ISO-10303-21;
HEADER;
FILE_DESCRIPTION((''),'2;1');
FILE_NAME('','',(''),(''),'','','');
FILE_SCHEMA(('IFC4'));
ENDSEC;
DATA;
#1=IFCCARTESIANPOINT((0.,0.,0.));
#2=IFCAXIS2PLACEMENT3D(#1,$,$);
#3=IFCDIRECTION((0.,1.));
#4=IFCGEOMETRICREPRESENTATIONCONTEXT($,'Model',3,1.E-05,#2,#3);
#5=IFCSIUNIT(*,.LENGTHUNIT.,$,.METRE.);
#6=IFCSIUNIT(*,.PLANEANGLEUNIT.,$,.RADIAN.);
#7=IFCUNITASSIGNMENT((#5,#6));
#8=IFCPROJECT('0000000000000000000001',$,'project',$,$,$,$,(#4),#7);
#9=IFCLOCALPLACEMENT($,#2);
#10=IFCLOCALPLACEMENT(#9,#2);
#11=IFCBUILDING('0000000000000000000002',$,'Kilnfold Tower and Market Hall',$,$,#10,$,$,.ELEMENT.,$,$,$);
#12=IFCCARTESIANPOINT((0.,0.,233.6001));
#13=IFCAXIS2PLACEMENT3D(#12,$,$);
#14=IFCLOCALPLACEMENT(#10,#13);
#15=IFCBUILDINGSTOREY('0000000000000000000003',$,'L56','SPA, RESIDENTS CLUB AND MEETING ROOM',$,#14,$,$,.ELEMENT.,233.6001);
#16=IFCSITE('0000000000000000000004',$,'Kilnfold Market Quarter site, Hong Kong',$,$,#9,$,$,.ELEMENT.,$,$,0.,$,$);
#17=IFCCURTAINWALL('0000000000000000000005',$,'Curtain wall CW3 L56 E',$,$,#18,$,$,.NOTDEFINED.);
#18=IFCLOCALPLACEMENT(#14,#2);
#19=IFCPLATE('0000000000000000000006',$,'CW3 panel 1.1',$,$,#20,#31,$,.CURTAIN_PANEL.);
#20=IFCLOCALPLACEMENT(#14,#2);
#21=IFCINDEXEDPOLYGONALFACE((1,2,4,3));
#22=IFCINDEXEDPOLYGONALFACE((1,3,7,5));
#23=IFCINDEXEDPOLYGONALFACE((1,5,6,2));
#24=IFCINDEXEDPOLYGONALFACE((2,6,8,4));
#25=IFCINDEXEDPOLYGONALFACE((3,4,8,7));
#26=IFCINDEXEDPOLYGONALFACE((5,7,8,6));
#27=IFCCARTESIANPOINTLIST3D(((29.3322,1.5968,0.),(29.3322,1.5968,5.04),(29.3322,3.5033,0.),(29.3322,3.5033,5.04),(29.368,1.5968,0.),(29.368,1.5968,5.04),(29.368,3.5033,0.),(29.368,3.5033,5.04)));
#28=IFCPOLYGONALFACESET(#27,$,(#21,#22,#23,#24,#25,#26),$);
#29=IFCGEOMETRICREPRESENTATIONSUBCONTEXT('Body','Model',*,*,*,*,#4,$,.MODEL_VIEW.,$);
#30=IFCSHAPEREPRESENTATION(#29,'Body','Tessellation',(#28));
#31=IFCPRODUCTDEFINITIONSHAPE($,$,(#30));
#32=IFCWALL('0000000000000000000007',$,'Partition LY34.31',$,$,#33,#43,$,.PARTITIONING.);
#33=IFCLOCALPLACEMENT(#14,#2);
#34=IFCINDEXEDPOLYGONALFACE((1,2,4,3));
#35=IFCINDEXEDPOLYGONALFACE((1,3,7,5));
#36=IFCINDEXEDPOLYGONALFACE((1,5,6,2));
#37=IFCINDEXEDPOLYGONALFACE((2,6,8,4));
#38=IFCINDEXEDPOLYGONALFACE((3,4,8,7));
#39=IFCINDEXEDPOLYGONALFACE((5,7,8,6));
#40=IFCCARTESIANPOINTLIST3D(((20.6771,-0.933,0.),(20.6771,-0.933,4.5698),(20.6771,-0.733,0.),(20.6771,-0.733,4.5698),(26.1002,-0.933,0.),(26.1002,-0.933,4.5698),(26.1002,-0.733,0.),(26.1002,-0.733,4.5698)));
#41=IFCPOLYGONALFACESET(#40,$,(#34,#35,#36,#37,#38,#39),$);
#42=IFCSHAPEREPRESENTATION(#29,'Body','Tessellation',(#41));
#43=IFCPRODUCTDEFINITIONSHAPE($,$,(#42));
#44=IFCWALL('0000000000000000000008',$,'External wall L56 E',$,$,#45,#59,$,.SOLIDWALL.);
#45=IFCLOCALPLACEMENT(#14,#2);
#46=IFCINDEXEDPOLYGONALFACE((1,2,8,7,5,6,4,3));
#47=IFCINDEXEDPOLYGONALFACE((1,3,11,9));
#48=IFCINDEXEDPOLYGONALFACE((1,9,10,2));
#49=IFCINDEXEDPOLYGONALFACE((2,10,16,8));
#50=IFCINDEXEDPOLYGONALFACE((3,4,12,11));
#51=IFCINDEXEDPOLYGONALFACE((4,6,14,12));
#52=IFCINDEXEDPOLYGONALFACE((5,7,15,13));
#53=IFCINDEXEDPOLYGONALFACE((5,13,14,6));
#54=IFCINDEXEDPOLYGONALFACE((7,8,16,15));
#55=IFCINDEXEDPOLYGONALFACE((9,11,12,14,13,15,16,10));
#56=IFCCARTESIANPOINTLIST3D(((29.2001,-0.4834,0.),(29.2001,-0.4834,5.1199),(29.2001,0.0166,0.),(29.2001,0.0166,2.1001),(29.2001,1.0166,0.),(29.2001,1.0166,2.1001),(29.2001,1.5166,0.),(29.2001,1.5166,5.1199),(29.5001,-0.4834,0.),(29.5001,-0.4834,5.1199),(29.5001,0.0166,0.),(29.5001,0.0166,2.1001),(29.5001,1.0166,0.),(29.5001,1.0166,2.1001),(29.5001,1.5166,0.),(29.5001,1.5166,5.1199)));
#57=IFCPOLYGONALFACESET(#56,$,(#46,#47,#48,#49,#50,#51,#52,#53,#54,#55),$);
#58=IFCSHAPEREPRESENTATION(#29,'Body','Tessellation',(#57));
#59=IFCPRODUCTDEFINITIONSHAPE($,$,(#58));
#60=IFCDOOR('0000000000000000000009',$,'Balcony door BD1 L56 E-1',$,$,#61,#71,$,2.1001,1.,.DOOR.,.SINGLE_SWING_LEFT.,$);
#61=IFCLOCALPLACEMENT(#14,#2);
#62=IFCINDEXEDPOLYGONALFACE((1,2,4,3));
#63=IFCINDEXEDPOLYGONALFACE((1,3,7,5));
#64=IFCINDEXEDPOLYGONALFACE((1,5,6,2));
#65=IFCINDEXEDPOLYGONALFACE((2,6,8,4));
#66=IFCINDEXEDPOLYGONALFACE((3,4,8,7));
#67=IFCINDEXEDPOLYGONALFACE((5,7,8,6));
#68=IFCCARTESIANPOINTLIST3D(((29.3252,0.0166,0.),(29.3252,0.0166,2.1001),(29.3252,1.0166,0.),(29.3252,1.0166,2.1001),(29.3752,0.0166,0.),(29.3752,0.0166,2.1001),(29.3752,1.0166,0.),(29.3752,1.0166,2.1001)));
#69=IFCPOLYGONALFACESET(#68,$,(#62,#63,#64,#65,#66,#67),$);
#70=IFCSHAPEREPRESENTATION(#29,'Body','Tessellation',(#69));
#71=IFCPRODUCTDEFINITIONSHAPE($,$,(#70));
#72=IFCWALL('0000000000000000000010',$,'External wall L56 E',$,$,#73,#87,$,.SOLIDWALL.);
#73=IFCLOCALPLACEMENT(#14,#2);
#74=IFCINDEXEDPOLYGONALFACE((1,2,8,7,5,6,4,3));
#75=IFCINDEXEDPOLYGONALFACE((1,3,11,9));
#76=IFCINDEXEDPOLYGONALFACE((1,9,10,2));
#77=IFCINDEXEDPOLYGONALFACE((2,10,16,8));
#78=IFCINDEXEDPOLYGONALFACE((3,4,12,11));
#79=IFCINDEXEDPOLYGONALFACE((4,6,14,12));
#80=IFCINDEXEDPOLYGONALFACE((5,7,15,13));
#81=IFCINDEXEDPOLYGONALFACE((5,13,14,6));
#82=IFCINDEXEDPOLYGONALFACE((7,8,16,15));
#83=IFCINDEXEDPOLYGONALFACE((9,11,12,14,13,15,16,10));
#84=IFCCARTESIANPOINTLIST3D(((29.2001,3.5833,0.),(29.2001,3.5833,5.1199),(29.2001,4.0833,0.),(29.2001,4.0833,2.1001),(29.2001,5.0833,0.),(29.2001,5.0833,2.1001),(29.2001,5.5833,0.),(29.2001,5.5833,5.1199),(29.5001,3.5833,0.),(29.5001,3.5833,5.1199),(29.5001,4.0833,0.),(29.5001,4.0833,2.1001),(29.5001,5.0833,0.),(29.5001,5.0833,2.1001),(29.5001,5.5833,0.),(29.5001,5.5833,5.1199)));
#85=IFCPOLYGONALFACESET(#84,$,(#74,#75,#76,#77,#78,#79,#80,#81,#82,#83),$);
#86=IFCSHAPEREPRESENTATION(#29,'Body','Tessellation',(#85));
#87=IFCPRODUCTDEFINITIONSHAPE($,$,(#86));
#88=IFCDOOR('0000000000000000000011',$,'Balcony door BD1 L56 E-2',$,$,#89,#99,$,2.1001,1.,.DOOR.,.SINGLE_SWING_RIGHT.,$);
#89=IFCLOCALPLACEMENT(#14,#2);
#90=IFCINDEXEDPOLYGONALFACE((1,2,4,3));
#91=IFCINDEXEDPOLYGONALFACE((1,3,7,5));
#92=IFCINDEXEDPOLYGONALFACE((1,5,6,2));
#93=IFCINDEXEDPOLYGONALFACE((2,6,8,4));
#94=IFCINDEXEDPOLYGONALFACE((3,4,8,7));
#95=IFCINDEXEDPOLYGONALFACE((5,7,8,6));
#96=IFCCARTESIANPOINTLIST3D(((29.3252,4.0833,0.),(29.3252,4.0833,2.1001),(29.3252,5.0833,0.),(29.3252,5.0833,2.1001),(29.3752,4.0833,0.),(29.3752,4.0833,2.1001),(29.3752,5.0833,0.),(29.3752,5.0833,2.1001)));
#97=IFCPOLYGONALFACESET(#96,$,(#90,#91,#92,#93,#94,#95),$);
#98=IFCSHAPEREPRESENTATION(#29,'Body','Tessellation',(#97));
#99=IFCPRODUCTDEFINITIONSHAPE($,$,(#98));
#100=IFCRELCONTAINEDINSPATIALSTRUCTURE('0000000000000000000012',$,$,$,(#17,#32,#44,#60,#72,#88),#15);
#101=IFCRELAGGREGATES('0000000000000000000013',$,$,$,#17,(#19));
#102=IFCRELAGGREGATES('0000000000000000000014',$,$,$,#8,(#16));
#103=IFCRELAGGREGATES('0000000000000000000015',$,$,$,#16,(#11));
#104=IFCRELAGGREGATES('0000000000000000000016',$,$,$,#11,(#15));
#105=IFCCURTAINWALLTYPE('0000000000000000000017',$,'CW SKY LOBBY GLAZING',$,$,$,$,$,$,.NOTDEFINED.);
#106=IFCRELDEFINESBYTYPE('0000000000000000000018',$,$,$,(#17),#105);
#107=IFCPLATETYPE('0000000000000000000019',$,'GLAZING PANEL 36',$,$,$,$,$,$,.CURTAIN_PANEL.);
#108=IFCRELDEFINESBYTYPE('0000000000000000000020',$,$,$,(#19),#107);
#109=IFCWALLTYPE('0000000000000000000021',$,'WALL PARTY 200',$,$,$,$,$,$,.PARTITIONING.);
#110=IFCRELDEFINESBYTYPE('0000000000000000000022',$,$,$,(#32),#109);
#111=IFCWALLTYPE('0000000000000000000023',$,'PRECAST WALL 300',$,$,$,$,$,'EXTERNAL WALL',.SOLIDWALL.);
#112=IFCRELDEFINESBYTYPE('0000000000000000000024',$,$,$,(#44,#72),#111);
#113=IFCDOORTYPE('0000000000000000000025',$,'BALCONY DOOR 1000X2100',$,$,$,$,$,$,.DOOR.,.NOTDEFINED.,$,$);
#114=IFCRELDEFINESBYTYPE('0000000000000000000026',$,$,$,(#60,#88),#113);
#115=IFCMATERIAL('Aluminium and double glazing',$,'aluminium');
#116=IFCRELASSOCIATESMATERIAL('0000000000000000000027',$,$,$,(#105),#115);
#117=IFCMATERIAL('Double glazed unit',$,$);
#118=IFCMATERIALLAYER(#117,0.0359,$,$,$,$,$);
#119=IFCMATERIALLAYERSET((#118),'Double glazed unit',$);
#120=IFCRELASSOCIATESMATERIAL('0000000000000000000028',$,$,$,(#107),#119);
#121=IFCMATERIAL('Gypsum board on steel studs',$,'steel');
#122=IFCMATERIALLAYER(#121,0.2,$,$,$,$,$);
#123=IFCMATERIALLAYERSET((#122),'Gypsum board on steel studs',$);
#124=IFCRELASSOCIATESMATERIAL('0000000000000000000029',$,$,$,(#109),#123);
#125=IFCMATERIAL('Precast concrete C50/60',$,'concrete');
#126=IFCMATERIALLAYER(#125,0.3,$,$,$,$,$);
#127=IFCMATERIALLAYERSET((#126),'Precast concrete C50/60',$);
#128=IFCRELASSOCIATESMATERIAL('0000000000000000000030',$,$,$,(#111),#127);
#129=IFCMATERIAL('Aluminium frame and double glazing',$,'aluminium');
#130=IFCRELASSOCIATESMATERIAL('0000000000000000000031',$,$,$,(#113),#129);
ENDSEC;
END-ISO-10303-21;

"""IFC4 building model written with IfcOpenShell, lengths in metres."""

from ifc_helpers import new_model, si_unit, direction, frame, frame_2d, origin, origin_2d, place, context, subcontext, project, spatial, rectangle, extrude, source, transform, mapped, material, layer, layer_set, type_object, element, fill, aggregate, save


model = new_model("IFC4")

# Units and contexts
model_context = context("Model", 3, precision=1e-05, world=origin(), true_north=direction((0.0, 1.0)))
body_context = subcontext(model_context, "Body", "Model", "MODEL_VIEW")
ifc_project = project(units=[si_unit("LENGTHUNIT", "METRE"), si_unit("PLANEANGLEUNIT", "RADIAN")], contexts=[model_context])

# Site, building, storey
site_placement = place(None, origin())
site = spatial("IfcSite", under=ifc_project, at=site_placement, Name="Kilnfold Market Quarter site, Hong Kong", CompositionType="ELEMENT", RefElevation=0.0)
building_placement = place(site_placement, origin())
building = spatial("IfcBuilding", under=site, at=building_placement, Name="Kilnfold Tower and Market Hall", CompositionType="ELEMENT")
storey_placement = place(building_placement, frame((0.0, 0.0, 233.6001)))
storey = spatial("IfcBuildingStorey", under=building, at=storey_placement, Name="L56", Description="SPA, RESIDENTS CLUB AND MEETING ROOM", CompositionType="ELEMENT", Elevation=233.6001)

# Shared definitions
ifc_material_1 = material(Name="Aluminium and double glazing", Category="aluminium")
curtain_wall_type = type_object("IfcCurtainWallType", Name="CW SKY LOBBY GLAZING", PredefinedType="NOTDEFINED", material=ifc_material_1)

# Curtain wall
curtain_wall_1_placement = place(storey_placement, origin())
curtain_wall_1 = element("IfcCurtainWall", 1, at=curtain_wall_1_placement, inside=storey, type_object=curtain_wall_type, Name="Curtain wall CW3 L56 E", PredefinedType="NOTDEFINED")

# Plate
ifc_material_2 = material(Name="Double glazed unit")
ifc_layer_1 = layer(ifc_material_2, 0.0359)
ifc_layer_set_1 = layer_set([ifc_layer_1], Name="Double glazed unit")
plate_type = type_object("IfcPlateType", Name="GLAZING PANEL 36", PredefinedType="CURTAIN_PANEL", material=ifc_layer_set_1)
shared_shape_1 = source(origin(), body_context, "Body", "SweptSolid", [
    extrude(rectangle(XDim=1.9065, YDim=0.0359, at=origin_2d()), origin(), (0.0, 0.0, 1.0), 5.04),
])
plate_1_placement = place(storey_placement, frame((29.3501, 2.55, 0.0), z_axis=(0.0, 0.0, 1.0), x_axis=(0.0, 1.0, 0.0)))
plate_1 = element("IfcPlate", 2, at=plate_1_placement, type_object=plate_type, Name="CW3 panel 1.1", PredefinedType="CURTAIN_PANEL", context=body_context, shape_type="MappedRepresentation", body=[
    mapped(shared_shape_1, transform((0.0, 0.0, 0.0))),
])
aggregate(curtain_wall_1, [plate_1])

# Wall
ifc_material_3 = material(Name="Gypsum board on steel studs", Category="steel")
ifc_layer_2 = layer(ifc_material_3, 0.2)
ifc_layer_set_2 = layer_set([ifc_layer_2], Name="Gypsum board on steel studs")
wall_type_1 = type_object("IfcWallType", Name="WALL PARTY 200", PredefinedType="PARTITIONING", material=ifc_layer_set_2)
wall_1_placement = place(storey_placement, frame((26.1001, -0.833, 0.0), z_axis=(0.0, 0.0, 1.0), x_axis=(-1.0, 0.0, 0.0)))
element("IfcWall", 3, at=wall_1_placement, inside=storey, type_object=wall_type_1, Name="Partition LY34.31", PredefinedType="PARTITIONING", context=body_context, shape_type="SweptSolid", body=[
    extrude(rectangle(XDim=5.4231, YDim=0.2, at=frame_2d((2.7114, 0.0))), origin(), (0.0, 0.0, 1.0), 4.5698),
])

# Walls, openings, doors
ifc_material_4 = material(Name="Precast concrete C50/60", Category="concrete")
ifc_layer_3 = layer(ifc_material_4, 0.3)
ifc_layer_set_3 = layer_set([ifc_layer_3], Name="Precast concrete C50/60")
wall_type_2 = type_object("IfcWallType", Name="PRECAST WALL 300", ElementType="EXTERNAL WALL", PredefinedType="SOLIDWALL", material=ifc_layer_set_3)
shared_shape_2 = source(origin(), body_context, "Body", "SweptSolid", [
    extrude(rectangle(XDim=2.0, YDim=0.3, at=frame_2d((1.0, 0.0))), origin(), (0.0, 0.0, 1.0), 5.1199),
])
wall_2_placement = place(storey_placement, frame((29.3501, -0.4834, 0.0), z_axis=(0.0, 0.0, 1.0), x_axis=(0.0, 1.0, 0.0)))
wall_2 = element("IfcWall", 4, at=wall_2_placement, inside=storey, type_object=wall_type_2, Name="External wall L56 E", PredefinedType="SOLIDWALL", context=body_context, shape_type="MappedRepresentation", body=[
    mapped(shared_shape_2, transform((0.0, 0.0, 0.0))),
])
opening_1_placement = place(wall_2_placement, frame((0.5, 0.0, 0.0)))
opening_1 = element("IfcOpeningElement", 5, at=opening_1_placement, cuts=wall_2, PredefinedType="OPENING", context=body_context, shape_type="SweptSolid", body=[
    extrude(rectangle(XDim=1.0, YDim=2.1001, at=frame_2d((0.5, 1.05))), frame((0.0, 0.1602, 0.0), z_axis=(0.0, -1.0, 0.0), x_axis=(1.0, 0.0, 0.0)), (0.0, 0.0, 1.0), 0.3201),
])
ifc_material_5 = material(Name="Aluminium frame and double glazing", Category="aluminium")
door_type = type_object("IfcDoorType", Name="BALCONY DOOR 1000X2100", OperationType="NOTDEFINED", PredefinedType="DOOR", material=ifc_material_5)
door_1_placement = place(opening_1_placement, origin())
door_1 = element("IfcDoor", 6, at=door_1_placement, inside=storey, type_object=door_type, Name="Balcony door BD1 L56 E-1", OperationType="SINGLE_SWING_LEFT", OverallHeight=2.1001, OverallWidth=1.0, PredefinedType="DOOR", context=body_context, shape_type="SweptSolid", body=[
    extrude(rectangle(XDim=1.0, YDim=2.1001, at=frame_2d((0.5, 1.05))), frame((0.0, 0.0249, 0.0), z_axis=(0.0, -1.0, 0.0), x_axis=(1.0, 0.0, 0.0)), (0.0, 0.0, 1.0), 0.05),
])
fill(opening_1, door_1)
wall_3_placement = place(storey_placement, frame((29.3501, 3.5833, 0.0), z_axis=(0.0, 0.0, 1.0), x_axis=(0.0, 1.0, 0.0)))
wall_3 = element("IfcWall", 7, at=wall_3_placement, inside=storey, type_object=wall_type_2, Name="External wall L56 E", PredefinedType="SOLIDWALL", context=body_context, shape_type="MappedRepresentation", body=[
    mapped(shared_shape_2, transform((0.0, 0.0, 0.0))),
])
opening_2_placement = place(wall_3_placement, frame((0.5, 0.0, 0.0)))
opening_2 = element("IfcOpeningElement", 8, at=opening_2_placement, cuts=wall_3, PredefinedType="OPENING", context=body_context, shape_type="SweptSolid", body=[
    extrude(rectangle(XDim=1.0, YDim=2.1001, at=frame_2d((0.5, 1.05))), frame((0.0, 0.1602, 0.0), z_axis=(0.0, -1.0, 0.0), x_axis=(1.0, 0.0, 0.0)), (0.0, 0.0, 1.0), 0.3201),
])
door_2_placement = place(opening_2_placement, origin())
door_2 = element("IfcDoor", 9, at=door_2_placement, inside=storey, type_object=door_type, Name="Balcony door BD1 L56 E-2", OperationType="SINGLE_SWING_RIGHT", OverallHeight=2.1001, OverallWidth=1.0, PredefinedType="DOOR", context=body_context, shape_type="SweptSolid", body=[
    extrude(rectangle(XDim=1.0, YDim=2.1001, at=frame_2d((0.5, 1.05))), frame((0.0, 0.0249, 0.0), z_axis=(0.0, -1.0, 0.0), x_axis=(1.0, 0.0, 0.0)), (0.0, 0.0, 1.0), 0.05),
])
fill(opening_2, door_2)

save(model, "model.ifc")
